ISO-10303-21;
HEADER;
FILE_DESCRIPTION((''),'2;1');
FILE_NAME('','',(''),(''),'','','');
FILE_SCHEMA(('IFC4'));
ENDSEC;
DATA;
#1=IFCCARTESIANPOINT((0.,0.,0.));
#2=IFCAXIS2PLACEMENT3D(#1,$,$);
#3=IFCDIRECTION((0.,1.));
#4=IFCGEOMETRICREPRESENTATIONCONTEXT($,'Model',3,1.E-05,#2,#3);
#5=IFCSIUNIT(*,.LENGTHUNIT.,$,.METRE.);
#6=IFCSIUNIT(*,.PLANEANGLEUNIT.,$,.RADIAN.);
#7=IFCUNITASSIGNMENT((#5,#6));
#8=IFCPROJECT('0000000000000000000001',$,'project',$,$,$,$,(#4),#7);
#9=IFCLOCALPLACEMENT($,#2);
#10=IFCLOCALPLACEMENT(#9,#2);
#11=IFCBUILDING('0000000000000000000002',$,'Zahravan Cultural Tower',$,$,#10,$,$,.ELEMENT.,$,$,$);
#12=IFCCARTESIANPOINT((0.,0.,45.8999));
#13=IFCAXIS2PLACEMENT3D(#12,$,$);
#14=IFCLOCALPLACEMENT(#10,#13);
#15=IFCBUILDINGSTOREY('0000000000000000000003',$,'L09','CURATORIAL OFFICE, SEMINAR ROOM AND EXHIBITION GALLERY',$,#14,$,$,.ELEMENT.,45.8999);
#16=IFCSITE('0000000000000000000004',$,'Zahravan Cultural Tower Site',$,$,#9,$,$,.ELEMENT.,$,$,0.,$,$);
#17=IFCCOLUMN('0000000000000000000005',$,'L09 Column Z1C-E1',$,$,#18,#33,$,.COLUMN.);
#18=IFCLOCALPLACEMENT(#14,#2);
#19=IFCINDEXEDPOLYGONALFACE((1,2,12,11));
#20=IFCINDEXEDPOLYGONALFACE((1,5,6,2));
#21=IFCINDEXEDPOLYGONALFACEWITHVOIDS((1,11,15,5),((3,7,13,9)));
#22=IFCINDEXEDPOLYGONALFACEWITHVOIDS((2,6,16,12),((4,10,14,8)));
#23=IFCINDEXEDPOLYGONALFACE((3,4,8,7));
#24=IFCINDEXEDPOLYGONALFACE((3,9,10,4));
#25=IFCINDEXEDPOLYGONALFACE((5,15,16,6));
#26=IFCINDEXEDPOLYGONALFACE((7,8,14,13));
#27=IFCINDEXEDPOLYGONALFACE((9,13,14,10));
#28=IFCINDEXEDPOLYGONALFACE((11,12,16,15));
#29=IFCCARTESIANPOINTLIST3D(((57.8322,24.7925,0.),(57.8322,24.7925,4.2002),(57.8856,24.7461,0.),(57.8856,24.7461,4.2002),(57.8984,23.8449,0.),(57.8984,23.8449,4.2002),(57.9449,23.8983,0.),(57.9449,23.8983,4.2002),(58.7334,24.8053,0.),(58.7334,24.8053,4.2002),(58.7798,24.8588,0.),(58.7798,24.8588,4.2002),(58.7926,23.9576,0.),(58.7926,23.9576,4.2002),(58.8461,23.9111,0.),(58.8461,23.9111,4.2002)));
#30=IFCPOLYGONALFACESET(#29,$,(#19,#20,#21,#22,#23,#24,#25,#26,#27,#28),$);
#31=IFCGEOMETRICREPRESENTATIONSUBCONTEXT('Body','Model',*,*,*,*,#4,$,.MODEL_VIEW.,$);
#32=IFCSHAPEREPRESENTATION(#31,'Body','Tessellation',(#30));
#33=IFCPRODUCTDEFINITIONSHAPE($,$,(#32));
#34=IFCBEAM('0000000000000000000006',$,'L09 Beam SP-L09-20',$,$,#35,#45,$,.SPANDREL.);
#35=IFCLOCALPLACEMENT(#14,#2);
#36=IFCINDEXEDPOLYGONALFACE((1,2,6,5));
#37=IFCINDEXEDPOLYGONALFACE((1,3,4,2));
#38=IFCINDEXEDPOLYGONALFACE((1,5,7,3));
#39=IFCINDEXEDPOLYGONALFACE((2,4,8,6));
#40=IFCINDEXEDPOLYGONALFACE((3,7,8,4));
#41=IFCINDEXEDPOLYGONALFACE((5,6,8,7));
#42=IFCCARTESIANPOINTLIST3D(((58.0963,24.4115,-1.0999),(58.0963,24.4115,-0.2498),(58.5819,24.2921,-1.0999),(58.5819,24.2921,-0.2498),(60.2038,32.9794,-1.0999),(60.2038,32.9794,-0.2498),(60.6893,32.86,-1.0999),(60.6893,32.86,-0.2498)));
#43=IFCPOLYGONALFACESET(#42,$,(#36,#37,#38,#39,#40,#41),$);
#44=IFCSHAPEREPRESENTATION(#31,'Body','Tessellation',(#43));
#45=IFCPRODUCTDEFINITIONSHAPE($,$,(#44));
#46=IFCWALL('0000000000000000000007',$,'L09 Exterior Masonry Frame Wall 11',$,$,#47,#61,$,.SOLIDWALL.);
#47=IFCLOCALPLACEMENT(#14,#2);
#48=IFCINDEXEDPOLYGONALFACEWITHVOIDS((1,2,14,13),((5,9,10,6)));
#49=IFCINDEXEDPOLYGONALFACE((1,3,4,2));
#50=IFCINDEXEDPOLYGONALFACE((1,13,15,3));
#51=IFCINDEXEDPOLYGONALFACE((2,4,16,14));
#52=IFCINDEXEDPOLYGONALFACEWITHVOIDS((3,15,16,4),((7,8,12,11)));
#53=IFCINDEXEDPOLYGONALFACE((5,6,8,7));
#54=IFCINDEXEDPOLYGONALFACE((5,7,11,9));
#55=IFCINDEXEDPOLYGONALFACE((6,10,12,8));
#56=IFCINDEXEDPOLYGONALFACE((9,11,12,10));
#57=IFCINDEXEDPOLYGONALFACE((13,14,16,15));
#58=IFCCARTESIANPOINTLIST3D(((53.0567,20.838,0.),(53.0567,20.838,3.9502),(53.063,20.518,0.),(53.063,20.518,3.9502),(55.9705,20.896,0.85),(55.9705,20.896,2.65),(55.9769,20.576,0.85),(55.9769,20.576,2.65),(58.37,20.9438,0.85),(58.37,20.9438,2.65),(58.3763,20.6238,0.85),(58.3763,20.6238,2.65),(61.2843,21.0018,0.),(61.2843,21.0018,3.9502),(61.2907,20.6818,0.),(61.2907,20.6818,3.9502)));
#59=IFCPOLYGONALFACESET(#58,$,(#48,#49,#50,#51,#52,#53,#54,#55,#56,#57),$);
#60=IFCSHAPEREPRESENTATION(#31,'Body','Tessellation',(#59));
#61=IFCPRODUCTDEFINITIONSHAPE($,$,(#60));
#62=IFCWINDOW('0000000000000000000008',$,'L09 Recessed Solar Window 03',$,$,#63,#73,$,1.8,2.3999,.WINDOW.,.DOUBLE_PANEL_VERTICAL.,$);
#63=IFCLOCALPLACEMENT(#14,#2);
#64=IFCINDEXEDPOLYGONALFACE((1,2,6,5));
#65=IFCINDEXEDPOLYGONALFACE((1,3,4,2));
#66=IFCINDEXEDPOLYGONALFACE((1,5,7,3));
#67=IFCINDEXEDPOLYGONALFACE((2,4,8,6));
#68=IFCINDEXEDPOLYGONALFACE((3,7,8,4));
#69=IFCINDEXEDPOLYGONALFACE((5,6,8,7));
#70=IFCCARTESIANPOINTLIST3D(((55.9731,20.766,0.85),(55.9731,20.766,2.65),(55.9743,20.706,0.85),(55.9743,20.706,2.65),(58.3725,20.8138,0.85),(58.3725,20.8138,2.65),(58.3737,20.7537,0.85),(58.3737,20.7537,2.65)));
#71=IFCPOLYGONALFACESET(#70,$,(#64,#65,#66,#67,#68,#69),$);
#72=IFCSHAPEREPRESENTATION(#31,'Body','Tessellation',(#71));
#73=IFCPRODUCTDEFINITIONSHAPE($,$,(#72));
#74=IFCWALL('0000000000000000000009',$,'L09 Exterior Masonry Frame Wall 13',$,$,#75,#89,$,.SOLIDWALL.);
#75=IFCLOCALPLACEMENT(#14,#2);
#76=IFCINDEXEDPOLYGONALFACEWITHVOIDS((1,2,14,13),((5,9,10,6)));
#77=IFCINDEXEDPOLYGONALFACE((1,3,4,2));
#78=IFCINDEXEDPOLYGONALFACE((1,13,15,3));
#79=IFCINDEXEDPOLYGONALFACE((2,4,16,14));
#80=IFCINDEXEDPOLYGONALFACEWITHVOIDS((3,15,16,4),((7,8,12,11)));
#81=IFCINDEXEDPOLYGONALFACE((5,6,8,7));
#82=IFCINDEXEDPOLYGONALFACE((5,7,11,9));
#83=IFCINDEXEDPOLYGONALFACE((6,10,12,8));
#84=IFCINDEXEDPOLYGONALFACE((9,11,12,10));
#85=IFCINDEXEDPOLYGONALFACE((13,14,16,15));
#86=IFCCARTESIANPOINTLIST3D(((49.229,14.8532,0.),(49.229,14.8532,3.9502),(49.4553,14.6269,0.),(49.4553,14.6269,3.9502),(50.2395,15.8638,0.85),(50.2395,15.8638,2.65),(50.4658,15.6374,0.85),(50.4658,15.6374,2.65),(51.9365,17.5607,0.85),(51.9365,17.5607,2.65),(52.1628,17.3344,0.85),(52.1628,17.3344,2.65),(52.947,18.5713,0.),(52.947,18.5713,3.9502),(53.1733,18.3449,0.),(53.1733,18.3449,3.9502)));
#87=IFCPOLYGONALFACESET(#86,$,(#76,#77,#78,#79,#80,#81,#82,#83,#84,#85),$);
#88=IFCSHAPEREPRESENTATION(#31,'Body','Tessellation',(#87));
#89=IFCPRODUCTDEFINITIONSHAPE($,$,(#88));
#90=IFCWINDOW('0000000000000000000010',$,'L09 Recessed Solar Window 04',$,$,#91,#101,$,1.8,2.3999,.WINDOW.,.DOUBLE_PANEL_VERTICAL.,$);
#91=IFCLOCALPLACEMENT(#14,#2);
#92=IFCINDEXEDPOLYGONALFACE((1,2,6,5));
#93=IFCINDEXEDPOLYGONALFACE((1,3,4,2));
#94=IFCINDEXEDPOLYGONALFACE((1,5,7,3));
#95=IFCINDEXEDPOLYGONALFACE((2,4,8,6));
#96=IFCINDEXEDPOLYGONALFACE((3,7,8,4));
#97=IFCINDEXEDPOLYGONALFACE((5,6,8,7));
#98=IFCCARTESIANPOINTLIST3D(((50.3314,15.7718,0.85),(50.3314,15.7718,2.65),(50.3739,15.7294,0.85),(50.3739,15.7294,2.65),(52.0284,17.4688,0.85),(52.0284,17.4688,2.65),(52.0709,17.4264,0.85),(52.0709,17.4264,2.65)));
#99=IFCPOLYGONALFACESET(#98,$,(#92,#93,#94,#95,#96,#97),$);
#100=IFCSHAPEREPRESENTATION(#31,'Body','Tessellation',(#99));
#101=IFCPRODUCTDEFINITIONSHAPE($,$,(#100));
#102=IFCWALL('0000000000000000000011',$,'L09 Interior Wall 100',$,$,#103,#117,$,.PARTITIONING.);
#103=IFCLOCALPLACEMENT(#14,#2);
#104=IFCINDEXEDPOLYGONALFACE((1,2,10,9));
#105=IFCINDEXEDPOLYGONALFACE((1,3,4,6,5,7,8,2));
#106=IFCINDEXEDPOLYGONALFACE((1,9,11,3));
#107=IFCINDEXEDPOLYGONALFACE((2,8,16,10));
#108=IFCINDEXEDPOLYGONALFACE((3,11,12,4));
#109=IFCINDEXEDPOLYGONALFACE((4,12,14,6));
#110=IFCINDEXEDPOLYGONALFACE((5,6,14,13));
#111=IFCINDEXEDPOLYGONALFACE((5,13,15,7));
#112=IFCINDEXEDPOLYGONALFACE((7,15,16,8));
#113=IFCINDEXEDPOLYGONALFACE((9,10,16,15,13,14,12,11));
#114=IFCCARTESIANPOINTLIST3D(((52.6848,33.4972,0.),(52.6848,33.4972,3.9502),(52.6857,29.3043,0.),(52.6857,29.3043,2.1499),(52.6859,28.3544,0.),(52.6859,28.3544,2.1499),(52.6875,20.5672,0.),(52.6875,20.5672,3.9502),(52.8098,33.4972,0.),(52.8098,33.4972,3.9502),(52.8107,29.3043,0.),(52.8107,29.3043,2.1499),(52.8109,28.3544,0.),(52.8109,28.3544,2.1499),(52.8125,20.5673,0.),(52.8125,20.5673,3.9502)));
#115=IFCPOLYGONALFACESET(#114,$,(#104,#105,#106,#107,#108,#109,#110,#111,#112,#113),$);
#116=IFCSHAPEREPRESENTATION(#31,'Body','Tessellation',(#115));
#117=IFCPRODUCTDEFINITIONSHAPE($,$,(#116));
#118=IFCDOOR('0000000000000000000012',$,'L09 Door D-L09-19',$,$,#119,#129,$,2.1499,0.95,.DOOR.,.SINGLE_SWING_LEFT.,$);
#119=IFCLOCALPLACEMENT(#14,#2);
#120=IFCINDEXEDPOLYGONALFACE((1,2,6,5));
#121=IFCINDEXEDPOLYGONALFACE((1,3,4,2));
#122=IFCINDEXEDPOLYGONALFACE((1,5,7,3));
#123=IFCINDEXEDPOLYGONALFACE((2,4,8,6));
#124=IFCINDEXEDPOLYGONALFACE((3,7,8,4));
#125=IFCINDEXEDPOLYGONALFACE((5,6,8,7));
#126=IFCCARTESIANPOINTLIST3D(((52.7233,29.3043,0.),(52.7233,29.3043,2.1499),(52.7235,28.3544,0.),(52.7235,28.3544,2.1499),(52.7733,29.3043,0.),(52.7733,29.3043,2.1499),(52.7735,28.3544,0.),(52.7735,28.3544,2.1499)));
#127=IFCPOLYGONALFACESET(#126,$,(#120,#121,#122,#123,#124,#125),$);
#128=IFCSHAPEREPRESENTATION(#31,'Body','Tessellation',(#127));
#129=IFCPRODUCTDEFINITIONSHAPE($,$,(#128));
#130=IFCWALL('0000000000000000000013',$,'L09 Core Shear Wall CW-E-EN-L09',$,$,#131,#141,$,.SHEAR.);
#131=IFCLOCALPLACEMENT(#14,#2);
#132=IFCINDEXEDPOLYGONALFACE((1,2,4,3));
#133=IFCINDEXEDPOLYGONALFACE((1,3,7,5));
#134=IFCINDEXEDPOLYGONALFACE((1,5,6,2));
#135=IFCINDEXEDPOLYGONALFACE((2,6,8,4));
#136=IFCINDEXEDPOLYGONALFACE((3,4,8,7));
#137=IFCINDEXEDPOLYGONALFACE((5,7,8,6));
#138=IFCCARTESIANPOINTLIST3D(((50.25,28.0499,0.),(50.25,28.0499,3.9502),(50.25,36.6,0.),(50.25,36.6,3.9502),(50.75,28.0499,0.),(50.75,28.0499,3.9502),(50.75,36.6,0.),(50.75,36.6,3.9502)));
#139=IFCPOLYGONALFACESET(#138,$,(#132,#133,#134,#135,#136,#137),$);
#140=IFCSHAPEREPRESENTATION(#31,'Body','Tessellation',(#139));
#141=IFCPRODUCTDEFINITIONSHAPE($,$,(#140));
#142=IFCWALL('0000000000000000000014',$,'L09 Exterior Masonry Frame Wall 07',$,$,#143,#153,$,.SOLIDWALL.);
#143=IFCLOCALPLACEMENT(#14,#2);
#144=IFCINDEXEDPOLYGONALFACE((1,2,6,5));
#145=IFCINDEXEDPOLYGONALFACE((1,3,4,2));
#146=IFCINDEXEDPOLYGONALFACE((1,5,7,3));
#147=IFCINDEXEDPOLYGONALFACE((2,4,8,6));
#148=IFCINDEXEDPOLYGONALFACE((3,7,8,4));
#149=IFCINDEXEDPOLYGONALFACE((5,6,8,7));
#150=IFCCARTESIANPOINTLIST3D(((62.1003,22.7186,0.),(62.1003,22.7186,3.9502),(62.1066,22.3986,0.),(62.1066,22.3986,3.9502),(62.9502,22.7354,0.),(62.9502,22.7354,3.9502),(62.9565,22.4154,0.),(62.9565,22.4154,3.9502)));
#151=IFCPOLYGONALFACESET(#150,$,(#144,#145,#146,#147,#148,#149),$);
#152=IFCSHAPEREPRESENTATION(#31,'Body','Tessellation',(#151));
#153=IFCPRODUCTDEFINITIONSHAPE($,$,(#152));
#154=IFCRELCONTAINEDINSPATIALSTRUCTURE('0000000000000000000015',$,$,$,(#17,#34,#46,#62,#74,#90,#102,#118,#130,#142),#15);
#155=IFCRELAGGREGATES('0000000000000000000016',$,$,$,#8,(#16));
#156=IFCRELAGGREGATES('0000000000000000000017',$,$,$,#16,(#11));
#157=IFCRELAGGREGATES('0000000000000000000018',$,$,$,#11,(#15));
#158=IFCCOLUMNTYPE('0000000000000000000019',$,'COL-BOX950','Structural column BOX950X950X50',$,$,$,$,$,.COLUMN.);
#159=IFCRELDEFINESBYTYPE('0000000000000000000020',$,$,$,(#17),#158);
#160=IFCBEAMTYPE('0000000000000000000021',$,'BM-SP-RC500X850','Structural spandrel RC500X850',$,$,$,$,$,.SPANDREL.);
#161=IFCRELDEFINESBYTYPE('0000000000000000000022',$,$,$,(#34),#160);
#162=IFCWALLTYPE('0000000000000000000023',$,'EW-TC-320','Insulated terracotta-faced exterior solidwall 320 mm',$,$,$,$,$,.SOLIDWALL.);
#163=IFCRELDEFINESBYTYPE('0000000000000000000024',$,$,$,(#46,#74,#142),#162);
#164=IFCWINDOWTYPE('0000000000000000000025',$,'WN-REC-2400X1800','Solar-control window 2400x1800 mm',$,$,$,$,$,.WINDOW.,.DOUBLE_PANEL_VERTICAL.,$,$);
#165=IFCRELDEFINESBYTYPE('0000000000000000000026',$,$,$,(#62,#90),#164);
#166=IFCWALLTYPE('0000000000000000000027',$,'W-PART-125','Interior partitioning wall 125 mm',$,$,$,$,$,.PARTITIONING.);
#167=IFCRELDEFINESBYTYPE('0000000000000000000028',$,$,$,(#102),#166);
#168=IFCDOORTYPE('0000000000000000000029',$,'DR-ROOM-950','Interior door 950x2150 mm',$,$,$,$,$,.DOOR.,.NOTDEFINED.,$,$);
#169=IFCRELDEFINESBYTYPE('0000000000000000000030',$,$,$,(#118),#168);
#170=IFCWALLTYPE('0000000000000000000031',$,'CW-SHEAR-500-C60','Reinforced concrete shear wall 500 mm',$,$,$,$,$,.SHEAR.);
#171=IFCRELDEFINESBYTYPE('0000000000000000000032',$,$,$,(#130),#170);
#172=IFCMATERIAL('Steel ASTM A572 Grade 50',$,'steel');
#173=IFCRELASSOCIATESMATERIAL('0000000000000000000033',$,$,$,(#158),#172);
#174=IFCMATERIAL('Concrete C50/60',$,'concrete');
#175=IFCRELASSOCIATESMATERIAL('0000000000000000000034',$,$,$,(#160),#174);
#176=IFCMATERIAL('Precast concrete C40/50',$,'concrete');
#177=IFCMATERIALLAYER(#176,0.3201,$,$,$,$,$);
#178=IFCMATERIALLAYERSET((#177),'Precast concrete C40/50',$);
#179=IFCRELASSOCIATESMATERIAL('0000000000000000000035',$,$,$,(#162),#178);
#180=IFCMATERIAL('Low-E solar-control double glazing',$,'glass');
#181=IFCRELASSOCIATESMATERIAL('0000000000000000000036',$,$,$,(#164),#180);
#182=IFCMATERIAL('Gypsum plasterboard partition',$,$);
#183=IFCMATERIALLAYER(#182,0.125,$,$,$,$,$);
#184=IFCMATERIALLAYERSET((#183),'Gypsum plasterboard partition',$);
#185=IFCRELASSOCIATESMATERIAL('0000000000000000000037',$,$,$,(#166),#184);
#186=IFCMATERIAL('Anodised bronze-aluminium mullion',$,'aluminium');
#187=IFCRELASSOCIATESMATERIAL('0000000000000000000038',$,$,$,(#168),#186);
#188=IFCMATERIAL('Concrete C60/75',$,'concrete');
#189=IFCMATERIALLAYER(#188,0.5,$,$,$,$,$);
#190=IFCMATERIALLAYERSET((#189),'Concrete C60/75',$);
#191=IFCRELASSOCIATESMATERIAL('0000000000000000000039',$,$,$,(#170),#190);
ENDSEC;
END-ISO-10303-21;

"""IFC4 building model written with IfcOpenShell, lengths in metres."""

from ifc_helpers import new_model, si_unit, direction, frame, frame_2d, origin, origin_2d, place, context, subcontext, project, spatial, rectangle, hollow_rectangle, extrude, source, transform, mapped, material, layer, layer_set, material_profile, profile_set, type_object, element, fill, save


model = new_model("IFC4")

# Units and contexts
model_context = context("Model", 3, precision=1e-05, world=origin(), true_north=direction((0.0, 1.0)))
body_context = subcontext(model_context, "Body", "Model", "MODEL_VIEW")
ifc_project = project(units=[si_unit("LENGTHUNIT", "METRE"), si_unit("PLANEANGLEUNIT", "RADIAN")], contexts=[model_context])

# Site, building, storey
site_placement = place(None, origin())
site = spatial("IfcSite", under=ifc_project, at=site_placement, Name="Zahravan Cultural Tower Site", CompositionType="ELEMENT", RefElevation=0.0)
building_placement = place(site_placement, origin())
building = spatial("IfcBuilding", under=site, at=building_placement, Name="Zahravan Cultural Tower", CompositionType="ELEMENT")
storey_placement = place(building_placement, frame((0.0, 0.0, 45.8999)))
storey = spatial("IfcBuildingStorey", under=building, at=storey_placement, Name="L09", Description="CURATORIAL OFFICE, SEMINAR ROOM AND EXHIBITION GALLERY", CompositionType="ELEMENT", Elevation=45.8999)

# Column
ifc_material_1 = material(Name="Steel ASTM A572 Grade 50", Category="steel")
ifc_material_profile_1 = material_profile(ifc_material_1, hollow_rectangle(XDim=0.95, YDim=0.95, WallThickness=0.05, at=origin_2d()), Name="BOX950X950X50")
ifc_profile_set_1 = profile_set([ifc_material_profile_1], Name="Steel ASTM A572 Grade 50")
column_type = type_object("IfcColumnType", Name="COL-BOX950", Description="Structural column BOX950X950X50", PredefinedType="COLUMN", material=ifc_profile_set_1)
shared_shape_1 = source(origin(), body_context, "Body", "SweptSolid", [
    extrude(hollow_rectangle(XDim=0.95, YDim=0.95, WallThickness=0.05, at=origin_2d()), origin(), (0.0, 0.0, 1.0), 4.2002),
])
column_placement = place(storey_placement, frame((58.3391, 24.3518, 0.0), z_axis=(0.0, 0.0, 1.0), x_axis=(0.997564, 0.069756, 0.0)))
element("IfcColumn", 1, at=column_placement, inside=storey, type_object=column_type, Name="L09 Column Z1C-E1", PredefinedType="COLUMN", context=body_context, shape_type="MappedRepresentation", body=[
    mapped(shared_shape_1, transform((0.0, 0.0, 0.0), x_axis=(1.0, 0.0, 0.0), y_axis=(0.0, 1.0, 0.0), z_axis=(0.0, 0.0, 1.0), scale=1.0)),
])

# Beam
ifc_material_2 = material(Name="Concrete C50/60", Category="concrete")
ifc_material_profile_2 = material_profile(ifc_material_2, rectangle(XDim=0.5, YDim=0.8501, at=origin_2d()), Name="RC500X850")
ifc_profile_set_2 = profile_set([ifc_material_profile_2], Name="Concrete C50/60")
beam_type = type_object("IfcBeamType", Name="BM-SP-RC500X850", Description="Structural spandrel RC500X850", PredefinedType="SPANDREL", material=ifc_profile_set_2)
shared_shape_2 = source(origin(), body_context, "Body", "SweptSolid", [
    extrude(rectangle(XDim=0.5, YDim=0.8501, at=origin_2d()), origin(), (0.0, 0.0, 1.0), 8.8232),
])
beam_placement = place(storey_placement, frame((58.3391, 24.3518, -0.6748), z_axis=(0.238849, 0.971057, 0.0), x_axis=(-0.971057, 0.238849, 0.0)))
element("IfcBeam", 2, at=beam_placement, inside=storey, type_object=beam_type, Name="L09 Beam SP-L09-20", PredefinedType="SPANDREL", context=body_context, shape_type="MappedRepresentation", body=[
    mapped(shared_shape_2, transform((0.0, 0.0, 0.0), x_axis=(1.0, 0.0, 0.0), y_axis=(0.0, 1.0, 0.0), z_axis=(0.0, 0.0, 1.0), scale=1.0)),
])

# Walls, openings, windows
ifc_material_3 = material(Name="Precast concrete C40/50", Category="concrete")
ifc_layer_1 = layer(ifc_material_3, 0.3201)
ifc_layer_set_1 = layer_set([ifc_layer_1], Name="Precast concrete C40/50")
wall_type_1 = type_object("IfcWallType", Name="EW-TC-320", Description="Insulated terracotta-faced exterior solidwall 320 mm", PredefinedType="SOLIDWALL", material=ifc_layer_set_1)
wall_1_placement = place(storey_placement, frame((61.2876, 20.8418, 0.0), z_axis=(0.0, 0.0, 1.0), x_axis=(-0.999802, -0.019907, 0.0)))
wall_1 = element("IfcWall", 3, at=wall_1_placement, inside=storey, type_object=wall_type_1, Name="L09 Exterior Masonry Frame Wall 11", PredefinedType="SOLIDWALL", context=body_context, shape_type="SweptSolid", body=[
    extrude(rectangle(XDim=8.2292, YDim=0.3201, at=frame_2d((4.1147, 0.0))), origin(), (0.0, 0.0, 1.0), 3.9502),
])
opening_1_placement = place(wall_1_placement, frame((2.915, 0.0, 0.8501)))
opening_1 = element("IfcOpeningElement", 4, at=opening_1_placement, cuts=wall_1, PredefinedType="OPENING", context=body_context, shape_type="SweptSolid", body=[
    extrude(rectangle(XDim=2.3999, YDim=1.8, at=frame_2d((1.2, 0.8999))), frame((0.0, 0.1699, 0.0), z_axis=(0.0, -1.0, 0.0), x_axis=(1.0, 0.0, 0.0)), (0.0, 0.0, 1.0), 0.3401),
])
ifc_material_4 = material(Name="Low-E solar-control double glazing", Category="glass")
window_type = type_object("IfcWindowType", Name="WN-REC-2400X1800", Description="Solar-control window 2400x1800 mm", PartitioningType="DOUBLE_PANEL_VERTICAL", PredefinedType="WINDOW", material=ifc_material_4)
shared_shape_3 = source(origin(), body_context, "Body", "SweptSolid", [
    extrude(rectangle(XDim=2.3999, YDim=1.8, at=frame_2d((1.2, 0.8999))), frame((0.0, 0.03, 0.0), z_axis=(0.0, -1.0, 0.0), x_axis=(1.0, 0.0, 0.0)), (0.0, 0.0, 1.0), 0.0601),
])
window_1_placement = place(opening_1_placement, origin())
window_1 = element("IfcWindow", 5, at=window_1_placement, inside=storey, type_object=window_type, Name="L09 Recessed Solar Window 03", OverallHeight=1.8, OverallWidth=2.3999, PartitioningType="DOUBLE_PANEL_VERTICAL", PredefinedType="WINDOW", context=body_context, shape_type="MappedRepresentation", body=[
    mapped(shared_shape_3, transform((0.0, 0.0, 0.0), x_axis=(1.0, 0.0, 0.0), y_axis=(0.0, 1.0, 0.0), z_axis=(0.0, 0.0, 1.0), scale=1.0)),
])
fill(opening_1, window_1)
wall_2_placement = place(storey_placement, frame((53.0601, 18.458, 0.0), z_axis=(0.0, 0.0, 1.0), x_axis=(-0.707107, -0.707107, 0.0)))
wall_2 = element("IfcWall", 6, at=wall_2_placement, inside=storey, type_object=wall_type_1, Name="L09 Exterior Masonry Frame Wall 13", PredefinedType="SOLIDWALL", context=body_context, shape_type="SweptSolid", body=[
    extrude(rectangle(XDim=5.2581, YDim=0.3201, at=frame_2d((2.6289, 0.0))), origin(), (0.0, 0.0, 1.0), 3.9502),
])
opening_2_placement = place(wall_2_placement, frame((1.429, 0.0, 0.8501)))
opening_2 = element("IfcOpeningElement", 7, at=opening_2_placement, cuts=wall_2, PredefinedType="OPENING", context=body_context, shape_type="SweptSolid", body=[
    extrude(rectangle(XDim=2.3999, YDim=1.8, at=frame_2d((1.2, 0.8999))), frame((0.0, 0.1699, 0.0), z_axis=(0.0, -1.0, 0.0), x_axis=(1.0, 0.0, 0.0)), (0.0, 0.0, 1.0), 0.3401),
])
window_2_placement = place(opening_2_placement, origin())
window_2 = element("IfcWindow", 8, at=window_2_placement, inside=storey, type_object=window_type, Name="L09 Recessed Solar Window 04", OverallHeight=1.8, OverallWidth=2.3999, PartitioningType="DOUBLE_PANEL_VERTICAL", PredefinedType="WINDOW", context=body_context, shape_type="MappedRepresentation", body=[
    mapped(shared_shape_3, transform((0.0, 0.0, 0.0), x_axis=(1.0, 0.0, 0.0), y_axis=(0.0, 1.0, 0.0), z_axis=(0.0, 0.0, 1.0), scale=1.0)),
])
fill(opening_2, window_2)

# Wall, opening, door
ifc_material_5 = material(Name="Gypsum plasterboard partition")
ifc_layer_2 = layer(ifc_material_5, 0.125)
ifc_layer_set_2 = layer_set([ifc_layer_2], Name="Gypsum plasterboard partition")
wall_type_2 = type_object("IfcWallType", Name="W-PART-125", Description="Interior partitioning wall 125 mm", PredefinedType="PARTITIONING", material=ifc_layer_set_2)
wall_3_placement = place(storey_placement, frame((52.75, 20.5674, 0.0), z_axis=(0.0, 0.0, 1.0), x_axis=(-0.000208, 1.0, 0.0)))
wall_3 = element("IfcWall", 9, at=wall_3_placement, inside=storey, type_object=wall_type_2, Name="L09 Interior Wall 100", PredefinedType="PARTITIONING", context=body_context, shape_type="SweptSolid", body=[
    extrude(rectangle(XDim=12.9299, YDim=0.125, at=frame_2d((6.4648, 0.0))), origin(), (0.0, 0.0, 1.0), 3.9502),
])
opening_3_placement = place(wall_3_placement, frame((7.7869, 0.0, 0.0)))
opening_3 = element("IfcOpeningElement", 10, at=opening_3_placement, cuts=wall_3, PredefinedType="OPENING", context=body_context, shape_type="SweptSolid", body=[
    extrude(rectangle(XDim=0.95, YDim=2.1499, at=frame_2d((0.4751, 1.075))), frame((0.0, 0.0725, 0.0), z_axis=(0.0, -1.0, 0.0), x_axis=(1.0, 0.0, 0.0)), (0.0, 0.0, 1.0), 0.145),
])
ifc_material_6 = material(Name="Anodised bronze-aluminium mullion", Category="aluminium")
door_type = type_object("IfcDoorType", Name="DR-ROOM-950", Description="Interior door 950x2150 mm", OperationType="NOTDEFINED", PredefinedType="DOOR", material=ifc_material_6)
shared_shape_4 = source(origin(), body_context, "Body", "SweptSolid", [
    extrude(rectangle(XDim=0.95, YDim=2.1499, at=frame_2d((0.4751, 1.075))), frame((0.0, 0.0249, 0.0), z_axis=(0.0, -1.0, 0.0), x_axis=(1.0, 0.0, 0.0)), (0.0, 0.0, 1.0), 0.05),
])
door_placement = place(opening_3_placement, origin())
door = element("IfcDoor", 11, at=door_placement, inside=storey, type_object=door_type, Name="L09 Door D-L09-19", OperationType="SINGLE_SWING_LEFT", OverallHeight=2.1499, OverallWidth=0.95, PredefinedType="DOOR", context=body_context, shape_type="MappedRepresentation", body=[
    mapped(shared_shape_4, transform((0.0, 0.0, 0.0), x_axis=(1.0, 0.0, 0.0), y_axis=(0.0, 1.0, 0.0), z_axis=(0.0, 0.0, 1.0), scale=1.0)),
])
fill(opening_3, door)

# Walls
ifc_material_7 = material(Name="Concrete C60/75", Category="concrete")
ifc_layer_3 = layer(ifc_material_7, 0.5)
ifc_layer_set_3 = layer_set([ifc_layer_3], Name="Concrete C60/75")
wall_type_3 = type_object("IfcWallType", Name="CW-SHEAR-500-C60", Description="Reinforced concrete shear wall 500 mm", PredefinedType="SHEAR", material=ifc_layer_set_3)
shared_shape_5 = source(origin(), body_context, "Body", "SweptSolid", [
    extrude(rectangle(XDim=8.55, YDim=0.5, at=frame_2d((4.2749, 0.0))), origin(), (0.0, 0.0, 1.0), 3.9502),
])
wall_4_placement = place(storey_placement, frame((50.5, 28.05, 0.0), z_axis=(0.0, 0.0, 1.0), x_axis=(0.0, 1.0, 0.0)))
element("IfcWall", 12, at=wall_4_placement, inside=storey, type_object=wall_type_3, Name="L09 Core Shear Wall CW-E-EN-L09", PredefinedType="SHEAR", context=body_context, shape_type="MappedRepresentation", body=[
    mapped(shared_shape_5, transform((0.0, 0.0, 0.0), x_axis=(1.0, 0.0, 0.0), y_axis=(0.0, 1.0, 0.0), z_axis=(0.0, 0.0, 1.0), scale=1.0)),
])
shared_shape_6 = source(origin(), body_context, "Body", "SweptSolid", [
    extrude(rectangle(XDim=0.8501, YDim=0.3201, at=frame_2d((0.425, 0.0))), origin(), (0.0, 0.0, 1.0), 3.9502),
])
for number, where, z_axis, x_axis, name in (
    (13, (62.9534, 22.5754, 0.0), (0.0, 0.0, 1.0), (-0.999804, -0.019818, 0.0), "L09 Exterior Masonry Frame Wall 07"),
):
    element("IfcWall", number, at=place(storey_placement, frame(where, z_axis=z_axis, x_axis=x_axis)), inside=storey, type_object=wall_type_1, Name=name, PredefinedType="SOLIDWALL", context=body_context, shape_type="MappedRepresentation", body=[
        mapped(shared_shape_6, transform((0.0, 0.0, 0.0), x_axis=(1.0, 0.0, 0.0), y_axis=(0.0, 1.0, 0.0), z_axis=(0.0, 0.0, 1.0), scale=1.0)),
    ])

save(model, "model.ifc")
